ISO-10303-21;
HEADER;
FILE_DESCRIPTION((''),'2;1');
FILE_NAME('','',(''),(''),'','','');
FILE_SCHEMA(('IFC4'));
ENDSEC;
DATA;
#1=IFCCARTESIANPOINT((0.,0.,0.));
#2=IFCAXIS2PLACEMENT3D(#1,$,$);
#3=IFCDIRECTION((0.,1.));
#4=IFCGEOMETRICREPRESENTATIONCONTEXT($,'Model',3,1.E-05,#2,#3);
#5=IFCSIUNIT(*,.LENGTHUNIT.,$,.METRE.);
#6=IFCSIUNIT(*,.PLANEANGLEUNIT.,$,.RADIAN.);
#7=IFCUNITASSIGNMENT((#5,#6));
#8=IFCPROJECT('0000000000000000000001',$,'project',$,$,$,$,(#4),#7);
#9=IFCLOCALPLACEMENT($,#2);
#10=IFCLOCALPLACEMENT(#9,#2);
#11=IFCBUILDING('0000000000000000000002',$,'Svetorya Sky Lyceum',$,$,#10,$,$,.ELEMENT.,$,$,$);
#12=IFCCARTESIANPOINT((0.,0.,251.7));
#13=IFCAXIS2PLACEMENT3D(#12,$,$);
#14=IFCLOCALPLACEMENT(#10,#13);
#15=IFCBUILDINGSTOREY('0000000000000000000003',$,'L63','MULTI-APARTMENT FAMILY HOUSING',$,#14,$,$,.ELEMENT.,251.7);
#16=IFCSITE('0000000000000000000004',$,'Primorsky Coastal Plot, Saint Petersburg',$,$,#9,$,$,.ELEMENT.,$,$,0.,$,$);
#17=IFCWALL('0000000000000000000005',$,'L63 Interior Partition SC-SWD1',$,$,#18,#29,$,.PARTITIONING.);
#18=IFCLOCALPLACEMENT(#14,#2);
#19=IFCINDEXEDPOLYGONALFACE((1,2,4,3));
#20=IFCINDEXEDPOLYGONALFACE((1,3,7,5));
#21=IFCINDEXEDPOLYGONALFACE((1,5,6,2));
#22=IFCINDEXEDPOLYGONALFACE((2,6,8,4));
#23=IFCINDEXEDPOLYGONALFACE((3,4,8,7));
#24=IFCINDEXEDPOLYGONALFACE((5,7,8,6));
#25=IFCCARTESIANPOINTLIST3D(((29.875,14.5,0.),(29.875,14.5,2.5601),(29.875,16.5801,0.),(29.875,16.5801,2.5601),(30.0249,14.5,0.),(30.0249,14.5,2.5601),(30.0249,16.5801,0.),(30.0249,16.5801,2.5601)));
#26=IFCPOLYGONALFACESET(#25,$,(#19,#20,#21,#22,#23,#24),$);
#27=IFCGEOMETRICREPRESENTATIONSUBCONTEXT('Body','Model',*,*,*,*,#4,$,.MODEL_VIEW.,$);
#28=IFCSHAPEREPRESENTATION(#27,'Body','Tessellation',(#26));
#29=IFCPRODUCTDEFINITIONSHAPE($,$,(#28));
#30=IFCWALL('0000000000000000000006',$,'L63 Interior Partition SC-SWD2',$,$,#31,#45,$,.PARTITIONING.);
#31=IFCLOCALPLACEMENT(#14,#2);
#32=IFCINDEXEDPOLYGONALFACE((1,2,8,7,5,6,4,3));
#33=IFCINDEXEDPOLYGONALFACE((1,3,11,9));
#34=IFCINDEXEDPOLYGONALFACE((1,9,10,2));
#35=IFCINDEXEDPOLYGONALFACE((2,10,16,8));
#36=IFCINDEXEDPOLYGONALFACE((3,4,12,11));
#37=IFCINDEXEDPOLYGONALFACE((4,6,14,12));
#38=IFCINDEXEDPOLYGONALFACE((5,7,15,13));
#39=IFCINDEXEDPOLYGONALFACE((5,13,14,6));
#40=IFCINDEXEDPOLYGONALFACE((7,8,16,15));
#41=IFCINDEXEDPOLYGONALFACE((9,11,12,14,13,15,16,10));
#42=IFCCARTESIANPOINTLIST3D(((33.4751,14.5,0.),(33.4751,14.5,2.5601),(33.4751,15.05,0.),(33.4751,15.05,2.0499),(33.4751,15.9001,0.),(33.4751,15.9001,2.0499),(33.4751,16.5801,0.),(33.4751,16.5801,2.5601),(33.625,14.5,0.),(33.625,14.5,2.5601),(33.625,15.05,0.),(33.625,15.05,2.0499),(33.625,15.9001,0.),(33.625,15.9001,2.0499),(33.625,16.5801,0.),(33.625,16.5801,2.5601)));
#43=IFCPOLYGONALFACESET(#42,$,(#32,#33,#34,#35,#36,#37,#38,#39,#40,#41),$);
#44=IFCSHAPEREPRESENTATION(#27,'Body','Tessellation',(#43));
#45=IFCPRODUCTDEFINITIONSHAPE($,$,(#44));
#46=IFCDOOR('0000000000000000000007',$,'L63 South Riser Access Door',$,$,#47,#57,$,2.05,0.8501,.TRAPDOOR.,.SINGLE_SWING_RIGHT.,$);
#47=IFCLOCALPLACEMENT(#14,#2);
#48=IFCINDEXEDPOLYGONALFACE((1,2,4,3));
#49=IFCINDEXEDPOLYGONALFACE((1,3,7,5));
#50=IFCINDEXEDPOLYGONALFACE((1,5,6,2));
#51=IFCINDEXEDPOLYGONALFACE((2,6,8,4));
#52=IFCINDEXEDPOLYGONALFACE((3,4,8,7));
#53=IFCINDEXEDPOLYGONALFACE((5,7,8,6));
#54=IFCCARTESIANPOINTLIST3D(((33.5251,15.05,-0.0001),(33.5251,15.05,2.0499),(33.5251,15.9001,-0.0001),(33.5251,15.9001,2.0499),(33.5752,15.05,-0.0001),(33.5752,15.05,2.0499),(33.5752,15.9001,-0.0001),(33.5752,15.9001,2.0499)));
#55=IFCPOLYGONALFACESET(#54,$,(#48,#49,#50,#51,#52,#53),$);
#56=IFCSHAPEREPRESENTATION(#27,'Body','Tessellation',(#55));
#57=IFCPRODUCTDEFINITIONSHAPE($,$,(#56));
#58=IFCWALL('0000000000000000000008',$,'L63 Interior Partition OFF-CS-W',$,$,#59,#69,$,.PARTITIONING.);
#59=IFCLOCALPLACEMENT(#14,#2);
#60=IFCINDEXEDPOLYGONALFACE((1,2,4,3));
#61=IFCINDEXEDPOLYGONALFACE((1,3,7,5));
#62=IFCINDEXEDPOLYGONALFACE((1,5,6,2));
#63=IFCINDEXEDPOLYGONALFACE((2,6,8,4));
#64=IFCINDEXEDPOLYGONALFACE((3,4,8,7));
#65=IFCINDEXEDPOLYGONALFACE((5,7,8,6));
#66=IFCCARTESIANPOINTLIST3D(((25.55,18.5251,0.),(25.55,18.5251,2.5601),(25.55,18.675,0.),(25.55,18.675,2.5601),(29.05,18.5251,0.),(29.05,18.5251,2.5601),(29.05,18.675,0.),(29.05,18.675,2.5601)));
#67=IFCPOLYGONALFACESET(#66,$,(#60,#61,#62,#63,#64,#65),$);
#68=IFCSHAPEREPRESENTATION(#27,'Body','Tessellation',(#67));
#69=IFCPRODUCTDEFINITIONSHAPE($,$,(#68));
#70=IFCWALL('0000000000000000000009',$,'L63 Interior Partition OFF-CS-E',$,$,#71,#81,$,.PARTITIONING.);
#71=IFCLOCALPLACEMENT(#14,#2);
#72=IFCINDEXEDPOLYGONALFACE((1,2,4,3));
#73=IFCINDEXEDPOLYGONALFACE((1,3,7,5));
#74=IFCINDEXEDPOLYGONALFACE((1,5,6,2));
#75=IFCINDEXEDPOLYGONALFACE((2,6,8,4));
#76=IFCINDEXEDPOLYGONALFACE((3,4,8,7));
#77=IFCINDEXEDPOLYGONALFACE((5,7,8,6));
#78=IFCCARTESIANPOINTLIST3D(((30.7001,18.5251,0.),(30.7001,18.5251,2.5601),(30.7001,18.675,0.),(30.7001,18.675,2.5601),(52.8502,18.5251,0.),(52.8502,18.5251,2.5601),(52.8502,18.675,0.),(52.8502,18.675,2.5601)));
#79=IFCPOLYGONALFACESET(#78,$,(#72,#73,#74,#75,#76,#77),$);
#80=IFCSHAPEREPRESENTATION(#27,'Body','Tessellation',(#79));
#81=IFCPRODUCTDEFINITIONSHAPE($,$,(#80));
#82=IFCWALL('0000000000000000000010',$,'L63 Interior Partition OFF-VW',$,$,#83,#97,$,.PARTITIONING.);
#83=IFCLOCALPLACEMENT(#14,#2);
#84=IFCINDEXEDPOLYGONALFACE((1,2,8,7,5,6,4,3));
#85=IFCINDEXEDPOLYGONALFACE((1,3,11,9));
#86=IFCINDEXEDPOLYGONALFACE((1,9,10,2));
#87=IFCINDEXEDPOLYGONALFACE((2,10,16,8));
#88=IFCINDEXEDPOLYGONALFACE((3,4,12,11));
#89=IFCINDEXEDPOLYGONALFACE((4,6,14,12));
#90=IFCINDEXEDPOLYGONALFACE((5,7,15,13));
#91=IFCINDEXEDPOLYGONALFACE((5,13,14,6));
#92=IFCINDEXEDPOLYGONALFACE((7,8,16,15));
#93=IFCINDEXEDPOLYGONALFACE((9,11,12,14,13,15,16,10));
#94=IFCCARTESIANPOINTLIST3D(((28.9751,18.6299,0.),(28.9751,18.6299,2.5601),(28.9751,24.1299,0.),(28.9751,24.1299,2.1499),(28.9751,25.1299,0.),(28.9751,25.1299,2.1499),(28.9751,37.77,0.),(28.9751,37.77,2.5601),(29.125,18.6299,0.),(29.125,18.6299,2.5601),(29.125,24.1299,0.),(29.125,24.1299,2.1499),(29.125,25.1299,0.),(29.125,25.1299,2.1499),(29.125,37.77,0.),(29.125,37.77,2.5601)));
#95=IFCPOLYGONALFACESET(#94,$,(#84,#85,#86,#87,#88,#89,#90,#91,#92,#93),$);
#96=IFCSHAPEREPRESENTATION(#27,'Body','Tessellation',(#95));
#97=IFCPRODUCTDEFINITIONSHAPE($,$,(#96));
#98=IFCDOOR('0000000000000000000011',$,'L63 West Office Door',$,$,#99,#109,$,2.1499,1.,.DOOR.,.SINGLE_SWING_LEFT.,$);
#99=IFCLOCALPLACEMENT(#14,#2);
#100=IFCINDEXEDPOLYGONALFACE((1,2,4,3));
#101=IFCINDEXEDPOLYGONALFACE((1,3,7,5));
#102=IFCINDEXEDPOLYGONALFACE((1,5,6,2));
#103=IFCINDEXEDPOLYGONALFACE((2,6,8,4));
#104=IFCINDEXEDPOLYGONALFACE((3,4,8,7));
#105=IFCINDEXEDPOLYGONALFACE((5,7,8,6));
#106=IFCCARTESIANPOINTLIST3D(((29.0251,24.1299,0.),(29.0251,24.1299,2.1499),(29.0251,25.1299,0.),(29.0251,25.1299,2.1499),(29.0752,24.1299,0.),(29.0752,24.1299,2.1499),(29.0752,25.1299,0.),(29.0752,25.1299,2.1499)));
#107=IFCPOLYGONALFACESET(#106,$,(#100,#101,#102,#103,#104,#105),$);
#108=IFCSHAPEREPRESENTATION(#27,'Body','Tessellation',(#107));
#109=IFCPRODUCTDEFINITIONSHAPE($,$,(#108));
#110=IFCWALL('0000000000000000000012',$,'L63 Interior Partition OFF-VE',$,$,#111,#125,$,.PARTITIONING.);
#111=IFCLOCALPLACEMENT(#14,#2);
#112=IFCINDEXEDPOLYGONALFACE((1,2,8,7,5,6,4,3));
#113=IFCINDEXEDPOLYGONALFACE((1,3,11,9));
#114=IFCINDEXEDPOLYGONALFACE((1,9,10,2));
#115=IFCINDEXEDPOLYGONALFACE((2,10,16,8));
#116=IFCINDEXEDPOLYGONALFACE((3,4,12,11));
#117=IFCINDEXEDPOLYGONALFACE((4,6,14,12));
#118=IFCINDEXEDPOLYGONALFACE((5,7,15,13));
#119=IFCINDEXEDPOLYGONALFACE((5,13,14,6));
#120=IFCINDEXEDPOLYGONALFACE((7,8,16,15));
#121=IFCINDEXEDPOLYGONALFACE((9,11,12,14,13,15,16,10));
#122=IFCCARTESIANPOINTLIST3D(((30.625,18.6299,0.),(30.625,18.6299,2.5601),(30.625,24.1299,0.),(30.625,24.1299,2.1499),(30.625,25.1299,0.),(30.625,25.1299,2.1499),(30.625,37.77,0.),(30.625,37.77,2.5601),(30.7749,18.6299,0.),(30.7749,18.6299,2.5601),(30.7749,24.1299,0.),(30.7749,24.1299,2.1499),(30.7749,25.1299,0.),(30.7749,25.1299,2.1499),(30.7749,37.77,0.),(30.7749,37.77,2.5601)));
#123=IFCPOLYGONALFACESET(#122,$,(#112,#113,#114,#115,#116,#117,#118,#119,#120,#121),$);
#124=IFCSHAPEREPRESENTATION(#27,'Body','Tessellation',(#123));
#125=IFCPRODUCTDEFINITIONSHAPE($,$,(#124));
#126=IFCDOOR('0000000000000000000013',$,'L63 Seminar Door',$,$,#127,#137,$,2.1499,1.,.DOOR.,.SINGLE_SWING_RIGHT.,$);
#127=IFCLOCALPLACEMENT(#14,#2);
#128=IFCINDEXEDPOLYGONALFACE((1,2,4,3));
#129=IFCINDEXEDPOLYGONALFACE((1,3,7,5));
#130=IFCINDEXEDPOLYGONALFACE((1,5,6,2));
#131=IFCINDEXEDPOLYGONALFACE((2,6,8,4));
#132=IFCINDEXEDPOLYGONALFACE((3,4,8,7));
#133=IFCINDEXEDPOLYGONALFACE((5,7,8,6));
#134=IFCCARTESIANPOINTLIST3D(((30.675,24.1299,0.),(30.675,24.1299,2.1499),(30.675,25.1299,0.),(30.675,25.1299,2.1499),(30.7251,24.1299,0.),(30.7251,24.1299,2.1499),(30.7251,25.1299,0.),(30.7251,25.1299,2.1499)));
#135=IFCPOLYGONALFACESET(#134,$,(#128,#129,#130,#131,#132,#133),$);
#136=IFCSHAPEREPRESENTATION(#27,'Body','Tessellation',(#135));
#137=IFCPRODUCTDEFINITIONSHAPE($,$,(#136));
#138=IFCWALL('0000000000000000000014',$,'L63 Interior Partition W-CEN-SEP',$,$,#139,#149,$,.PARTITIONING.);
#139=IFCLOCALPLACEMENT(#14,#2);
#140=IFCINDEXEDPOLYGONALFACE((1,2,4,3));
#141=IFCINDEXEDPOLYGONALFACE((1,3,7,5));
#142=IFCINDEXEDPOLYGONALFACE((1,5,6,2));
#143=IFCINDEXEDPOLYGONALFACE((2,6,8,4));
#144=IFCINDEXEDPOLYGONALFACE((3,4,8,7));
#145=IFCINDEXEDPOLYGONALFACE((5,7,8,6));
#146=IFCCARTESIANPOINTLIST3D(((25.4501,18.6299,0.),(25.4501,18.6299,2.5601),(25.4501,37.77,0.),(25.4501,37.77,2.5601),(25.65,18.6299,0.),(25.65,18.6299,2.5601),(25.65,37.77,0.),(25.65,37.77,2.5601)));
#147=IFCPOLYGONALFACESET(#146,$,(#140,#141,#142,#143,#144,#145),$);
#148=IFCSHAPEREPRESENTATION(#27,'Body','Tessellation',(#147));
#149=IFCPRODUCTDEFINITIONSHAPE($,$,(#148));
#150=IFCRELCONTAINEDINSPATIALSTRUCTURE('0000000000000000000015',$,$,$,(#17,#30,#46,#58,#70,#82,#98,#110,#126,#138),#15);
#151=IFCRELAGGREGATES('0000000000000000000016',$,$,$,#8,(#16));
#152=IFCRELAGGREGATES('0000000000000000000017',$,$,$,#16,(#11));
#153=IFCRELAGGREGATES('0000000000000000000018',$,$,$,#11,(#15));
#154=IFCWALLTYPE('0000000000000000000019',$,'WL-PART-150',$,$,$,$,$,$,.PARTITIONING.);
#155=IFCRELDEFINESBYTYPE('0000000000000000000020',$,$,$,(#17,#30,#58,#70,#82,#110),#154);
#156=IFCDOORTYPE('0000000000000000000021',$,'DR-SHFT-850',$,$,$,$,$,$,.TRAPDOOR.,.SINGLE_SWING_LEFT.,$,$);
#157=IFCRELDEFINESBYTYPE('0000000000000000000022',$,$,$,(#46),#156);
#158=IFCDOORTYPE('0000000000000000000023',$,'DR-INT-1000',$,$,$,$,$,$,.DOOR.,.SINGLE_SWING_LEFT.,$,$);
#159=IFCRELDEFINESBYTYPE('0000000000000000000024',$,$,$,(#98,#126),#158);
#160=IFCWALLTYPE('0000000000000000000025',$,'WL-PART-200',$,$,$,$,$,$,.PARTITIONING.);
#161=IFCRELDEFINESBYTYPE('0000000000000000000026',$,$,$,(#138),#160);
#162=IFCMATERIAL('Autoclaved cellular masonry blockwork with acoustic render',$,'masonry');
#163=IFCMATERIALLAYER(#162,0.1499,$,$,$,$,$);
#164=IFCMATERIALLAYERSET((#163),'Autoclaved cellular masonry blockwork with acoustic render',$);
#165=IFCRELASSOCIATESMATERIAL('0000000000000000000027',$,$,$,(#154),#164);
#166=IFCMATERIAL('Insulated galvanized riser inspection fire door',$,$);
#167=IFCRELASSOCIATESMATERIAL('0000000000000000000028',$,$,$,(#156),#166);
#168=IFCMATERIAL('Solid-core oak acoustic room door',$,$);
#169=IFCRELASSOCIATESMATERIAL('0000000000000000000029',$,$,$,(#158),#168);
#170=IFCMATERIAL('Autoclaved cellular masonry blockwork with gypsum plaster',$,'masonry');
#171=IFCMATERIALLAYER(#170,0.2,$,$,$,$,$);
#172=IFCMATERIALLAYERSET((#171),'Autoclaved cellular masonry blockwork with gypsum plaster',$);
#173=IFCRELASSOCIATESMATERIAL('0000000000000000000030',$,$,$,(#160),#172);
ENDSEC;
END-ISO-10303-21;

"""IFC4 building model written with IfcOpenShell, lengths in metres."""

from ifc_helpers import new_model, si_unit, direction, frame, frame_2d, origin, place, context, subcontext, project, spatial, rectangle, extrude, material, layer, layer_set, type_object, element, fill, save


model = new_model("IFC4")

# Units and contexts
model_context = context("Model", 3, precision=1e-05, world=origin(), true_north=direction((0.0, 1.0)))
body_context = subcontext(model_context, "Body", "Model", "MODEL_VIEW")
ifc_project = project(units=[si_unit("LENGTHUNIT", "METRE"), si_unit("PLANEANGLEUNIT", "RADIAN")], contexts=[model_context])

# Site, building, storey
site_placement = place(None, origin())
site = spatial("IfcSite", under=ifc_project, at=site_placement, Name="Primorsky Coastal Plot, Saint Petersburg", CompositionType="ELEMENT", RefElevation=0.0)
building_placement = place(site_placement, origin())
building = spatial("IfcBuilding", under=site, at=building_placement, Name="Svetorya Sky Lyceum", CompositionType="ELEMENT")
storey_placement = place(building_placement, frame((0.0, 0.0, 251.7)))
storey = spatial("IfcBuildingStorey", under=building, at=storey_placement, Name="L63", Description="MULTI-APARTMENT FAMILY HOUSING", CompositionType="ELEMENT", Elevation=251.7)

# Wall
ifc_material_1 = material(Name="Autoclaved cellular masonry blockwork with acoustic render", Category="masonry")
ifc_layer_1 = layer(ifc_material_1, 0.1499)
ifc_layer_set_1 = layer_set([ifc_layer_1], Name="Autoclaved cellular masonry blockwork with acoustic render")
wall_type_1 = type_object("IfcWallType", Name="WL-PART-150", PredefinedType="PARTITIONING", material=ifc_layer_set_1)
wall_1_placement = place(storey_placement, frame((29.95, 14.5, 0.0), z_axis=(0.0, 0.0, 1.0), x_axis=(0.0, 1.0, 0.0)))
element("IfcWall", 1, at=wall_1_placement, inside=storey, type_object=wall_type_1, Name="L63 Interior Partition SC-SWD1", PredefinedType="PARTITIONING", context=body_context, shape_type="SweptSolid", body=[
    extrude(rectangle(XDim=2.0801, YDim=0.1499, at=frame_2d((1.04, 0.0))), origin(), (0.0, 0.0, 1.0), 2.5601),
])

# Wall, opening, door
wall_2_placement = place(storey_placement, frame((33.55, 14.5, 0.0), z_axis=(0.0, 0.0, 1.0), x_axis=(0.0, 1.0, 0.0)))
wall_2 = element("IfcWall", 2, at=wall_2_placement, inside=storey, type_object=wall_type_1, Name="L63 Interior Partition SC-SWD2", PredefinedType="PARTITIONING", context=body_context, shape_type="SweptSolid", body=[
    extrude(rectangle(XDim=2.0801, YDim=0.1499, at=frame_2d((1.04, 0.0))), origin(), (0.0, 0.0, 1.0), 2.5601),
])
opening_1_placement = place(wall_2_placement, frame((0.55, 0.0, 0.0)))
opening_1 = element("IfcOpeningElement", 3, at=opening_1_placement, cuts=wall_2, PredefinedType="OPENING", context=body_context, shape_type="SweptSolid", body=[
    extrude(rectangle(XDim=0.8501, YDim=2.05, at=frame_2d((0.425, 1.0249))), frame((0.0, 0.085, 0.0), z_axis=(0.0, -1.0, 0.0), x_axis=(1.0, 0.0, 0.0)), (0.0, 0.0, 1.0), 0.1699),
])
ifc_material_2 = material(Name="Insulated galvanized riser inspection fire door")
door_type_1 = type_object("IfcDoorType", Name="DR-SHFT-850", OperationType="SINGLE_SWING_LEFT", PredefinedType="TRAPDOOR", material=ifc_material_2)
door_1_placement = place(opening_1_placement, origin())
door_1 = element("IfcDoor", 4, at=door_1_placement, inside=storey, type_object=door_type_1, Name="L63 South Riser Access Door", OperationType="SINGLE_SWING_RIGHT", OverallHeight=2.05, OverallWidth=0.8501, PredefinedType="TRAPDOOR", context=body_context, shape_type="SweptSolid", body=[
    extrude(rectangle(XDim=0.8501, YDim=2.05, at=frame_2d((0.425, 1.0249))), frame((0.0, 0.0249, 0.0), z_axis=(0.0, -1.0, 0.0), x_axis=(1.0, 0.0, 0.0)), (0.0, 0.0, 1.0), 0.05),
])
fill(opening_1, door_1)

# Walls
wall_3_placement = place(storey_placement, frame((25.55, 18.6001, 0.0), z_axis=(0.0, 0.0, 1.0), x_axis=(1.0, 0.0, 0.0)))
element("IfcWall", 5, at=wall_3_placement, inside=storey, type_object=wall_type_1, Name="L63 Interior Partition OFF-CS-W", PredefinedType="PARTITIONING", context=body_context, shape_type="SweptSolid", body=[
    extrude(rectangle(XDim=3.5, YDim=0.1499, at=frame_2d((1.75, 0.0))), origin(), (0.0, 0.0, 1.0), 2.5601),
])
wall_4_placement = place(storey_placement, frame((30.7, 18.6001, 0.0), z_axis=(0.0, 0.0, 1.0), x_axis=(1.0, 0.0, 0.0)))
element("IfcWall", 6, at=wall_4_placement, inside=storey, type_object=wall_type_1, Name="L63 Interior Partition OFF-CS-E", PredefinedType="PARTITIONING", context=body_context, shape_type="SweptSolid", body=[
    extrude(rectangle(XDim=22.1501, YDim=0.1499, at=frame_2d((11.0752, 0.0))), origin(), (0.0, 0.0, 1.0), 2.5601),
])

# Walls, openings, doors
wall_5_placement = place(storey_placement, frame((29.05, 18.6299, 0.0), z_axis=(0.0, 0.0, 1.0), x_axis=(0.0, 1.0, 0.0)))
wall_5 = element("IfcWall", 7, at=wall_5_placement, inside=storey, type_object=wall_type_1, Name="L63 Interior Partition OFF-VW", PredefinedType="PARTITIONING", context=body_context, shape_type="SweptSolid", body=[
    extrude(rectangle(XDim=19.1401, YDim=0.1499, at=frame_2d((9.5701, 0.0))), origin(), (0.0, 0.0, 1.0), 2.5601),
])
opening_2_placement = place(wall_5_placement, frame((5.5, 0.0, 0.0)))
opening_2 = element("IfcOpeningElement", 8, at=opening_2_placement, cuts=wall_5, PredefinedType="OPENING", context=body_context, shape_type="SweptSolid", body=[
    extrude(rectangle(XDim=1.0, YDim=2.1499, at=frame_2d((0.5, 1.075))), frame((0.0, 0.085, 0.0), z_axis=(0.0, -1.0, 0.0), x_axis=(1.0, 0.0, 0.0)), (0.0, 0.0, 1.0), 0.1699),
])
ifc_material_3 = material(Name="Solid-core oak acoustic room door")
door_type_2 = type_object("IfcDoorType", Name="DR-INT-1000", OperationType="SINGLE_SWING_LEFT", PredefinedType="DOOR", material=ifc_material_3)
door_2_placement = place(opening_2_placement, origin())
door_2 = element("IfcDoor", 9, at=door_2_placement, inside=storey, type_object=door_type_2, Name="L63 West Office Door", OperationType="SINGLE_SWING_LEFT", OverallHeight=2.1499, OverallWidth=1.0, PredefinedType="DOOR", context=body_context, shape_type="SweptSolid", body=[
    extrude(rectangle(XDim=1.0, YDim=2.1499, at=frame_2d((0.5, 1.075))), frame((0.0, 0.0249, 0.0), z_axis=(0.0, -1.0, 0.0), x_axis=(1.0, 0.0, 0.0)), (0.0, 0.0, 1.0), 0.05),
])
fill(opening_2, door_2)
wall_6_placement = place(storey_placement, frame((30.7, 18.6299, 0.0), z_axis=(0.0, 0.0, 1.0), x_axis=(0.0, 1.0, 0.0)))
wall_6 = element("IfcWall", 10, at=wall_6_placement, inside=storey, type_object=wall_type_1, Name="L63 Interior Partition OFF-VE", PredefinedType="PARTITIONING", context=body_context, shape_type="SweptSolid", body=[
    extrude(rectangle(XDim=19.1401, YDim=0.1499, at=frame_2d((9.5701, 0.0))), origin(), (0.0, 0.0, 1.0), 2.5601),
])
opening_3_placement = place(wall_6_placement, frame((5.5, 0.0, 0.0)))
opening_3 = element("IfcOpeningElement", 11, at=opening_3_placement, cuts=wall_6, PredefinedType="OPENING", context=body_context, shape_type="SweptSolid", body=[
    extrude(rectangle(XDim=1.0, YDim=2.1499, at=frame_2d((0.5, 1.075))), frame((0.0, 0.085, 0.0), z_axis=(0.0, -1.0, 0.0), x_axis=(1.0, 0.0, 0.0)), (0.0, 0.0, 1.0), 0.1699),
])
door_3_placement = place(opening_3_placement, origin())
door_3 = element("IfcDoor", 12, at=door_3_placement, inside=storey, type_object=door_type_2, Name="L63 Seminar Door", OperationType="SINGLE_SWING_RIGHT", OverallHeight=2.1499, OverallWidth=1.0, PredefinedType="DOOR", context=body_context, shape_type="SweptSolid", body=[
    extrude(rectangle(XDim=1.0, YDim=2.1499, at=frame_2d((0.5, 1.075))), frame((0.0, 0.0249, 0.0), z_axis=(0.0, -1.0, 0.0), x_axis=(1.0, 0.0, 0.0)), (0.0, 0.0, 1.0), 0.05),
])
fill(opening_3, door_3)

# Wall
ifc_material_4 = material(Name="Autoclaved cellular masonry blockwork with gypsum plaster", Category="masonry")
ifc_layer_2 = layer(ifc_material_4, 0.2)
ifc_layer_set_2 = layer_set([ifc_layer_2], Name="Autoclaved cellular masonry blockwork with gypsum plaster")
wall_type_2 = type_object("IfcWallType", Name="WL-PART-200", PredefinedType="PARTITIONING", material=ifc_layer_set_2)
wall_7_placement = place(storey_placement, frame((25.55, 18.6299, 0.0), z_axis=(0.0, 0.0, 1.0), x_axis=(0.0, 1.0, 0.0)))
element("IfcWall", 13, at=wall_7_placement, inside=storey, type_object=wall_type_2, Name="L63 Interior Partition W-CEN-SEP", PredefinedType="PARTITIONING", context=body_context, shape_type="SweptSolid", body=[
    extrude(rectangle(XDim=19.1401, YDim=0.2, at=frame_2d((9.5701, 0.0))), origin(), (0.0, 0.0, 1.0), 2.5601),
])

save(model, "model.ifc")
